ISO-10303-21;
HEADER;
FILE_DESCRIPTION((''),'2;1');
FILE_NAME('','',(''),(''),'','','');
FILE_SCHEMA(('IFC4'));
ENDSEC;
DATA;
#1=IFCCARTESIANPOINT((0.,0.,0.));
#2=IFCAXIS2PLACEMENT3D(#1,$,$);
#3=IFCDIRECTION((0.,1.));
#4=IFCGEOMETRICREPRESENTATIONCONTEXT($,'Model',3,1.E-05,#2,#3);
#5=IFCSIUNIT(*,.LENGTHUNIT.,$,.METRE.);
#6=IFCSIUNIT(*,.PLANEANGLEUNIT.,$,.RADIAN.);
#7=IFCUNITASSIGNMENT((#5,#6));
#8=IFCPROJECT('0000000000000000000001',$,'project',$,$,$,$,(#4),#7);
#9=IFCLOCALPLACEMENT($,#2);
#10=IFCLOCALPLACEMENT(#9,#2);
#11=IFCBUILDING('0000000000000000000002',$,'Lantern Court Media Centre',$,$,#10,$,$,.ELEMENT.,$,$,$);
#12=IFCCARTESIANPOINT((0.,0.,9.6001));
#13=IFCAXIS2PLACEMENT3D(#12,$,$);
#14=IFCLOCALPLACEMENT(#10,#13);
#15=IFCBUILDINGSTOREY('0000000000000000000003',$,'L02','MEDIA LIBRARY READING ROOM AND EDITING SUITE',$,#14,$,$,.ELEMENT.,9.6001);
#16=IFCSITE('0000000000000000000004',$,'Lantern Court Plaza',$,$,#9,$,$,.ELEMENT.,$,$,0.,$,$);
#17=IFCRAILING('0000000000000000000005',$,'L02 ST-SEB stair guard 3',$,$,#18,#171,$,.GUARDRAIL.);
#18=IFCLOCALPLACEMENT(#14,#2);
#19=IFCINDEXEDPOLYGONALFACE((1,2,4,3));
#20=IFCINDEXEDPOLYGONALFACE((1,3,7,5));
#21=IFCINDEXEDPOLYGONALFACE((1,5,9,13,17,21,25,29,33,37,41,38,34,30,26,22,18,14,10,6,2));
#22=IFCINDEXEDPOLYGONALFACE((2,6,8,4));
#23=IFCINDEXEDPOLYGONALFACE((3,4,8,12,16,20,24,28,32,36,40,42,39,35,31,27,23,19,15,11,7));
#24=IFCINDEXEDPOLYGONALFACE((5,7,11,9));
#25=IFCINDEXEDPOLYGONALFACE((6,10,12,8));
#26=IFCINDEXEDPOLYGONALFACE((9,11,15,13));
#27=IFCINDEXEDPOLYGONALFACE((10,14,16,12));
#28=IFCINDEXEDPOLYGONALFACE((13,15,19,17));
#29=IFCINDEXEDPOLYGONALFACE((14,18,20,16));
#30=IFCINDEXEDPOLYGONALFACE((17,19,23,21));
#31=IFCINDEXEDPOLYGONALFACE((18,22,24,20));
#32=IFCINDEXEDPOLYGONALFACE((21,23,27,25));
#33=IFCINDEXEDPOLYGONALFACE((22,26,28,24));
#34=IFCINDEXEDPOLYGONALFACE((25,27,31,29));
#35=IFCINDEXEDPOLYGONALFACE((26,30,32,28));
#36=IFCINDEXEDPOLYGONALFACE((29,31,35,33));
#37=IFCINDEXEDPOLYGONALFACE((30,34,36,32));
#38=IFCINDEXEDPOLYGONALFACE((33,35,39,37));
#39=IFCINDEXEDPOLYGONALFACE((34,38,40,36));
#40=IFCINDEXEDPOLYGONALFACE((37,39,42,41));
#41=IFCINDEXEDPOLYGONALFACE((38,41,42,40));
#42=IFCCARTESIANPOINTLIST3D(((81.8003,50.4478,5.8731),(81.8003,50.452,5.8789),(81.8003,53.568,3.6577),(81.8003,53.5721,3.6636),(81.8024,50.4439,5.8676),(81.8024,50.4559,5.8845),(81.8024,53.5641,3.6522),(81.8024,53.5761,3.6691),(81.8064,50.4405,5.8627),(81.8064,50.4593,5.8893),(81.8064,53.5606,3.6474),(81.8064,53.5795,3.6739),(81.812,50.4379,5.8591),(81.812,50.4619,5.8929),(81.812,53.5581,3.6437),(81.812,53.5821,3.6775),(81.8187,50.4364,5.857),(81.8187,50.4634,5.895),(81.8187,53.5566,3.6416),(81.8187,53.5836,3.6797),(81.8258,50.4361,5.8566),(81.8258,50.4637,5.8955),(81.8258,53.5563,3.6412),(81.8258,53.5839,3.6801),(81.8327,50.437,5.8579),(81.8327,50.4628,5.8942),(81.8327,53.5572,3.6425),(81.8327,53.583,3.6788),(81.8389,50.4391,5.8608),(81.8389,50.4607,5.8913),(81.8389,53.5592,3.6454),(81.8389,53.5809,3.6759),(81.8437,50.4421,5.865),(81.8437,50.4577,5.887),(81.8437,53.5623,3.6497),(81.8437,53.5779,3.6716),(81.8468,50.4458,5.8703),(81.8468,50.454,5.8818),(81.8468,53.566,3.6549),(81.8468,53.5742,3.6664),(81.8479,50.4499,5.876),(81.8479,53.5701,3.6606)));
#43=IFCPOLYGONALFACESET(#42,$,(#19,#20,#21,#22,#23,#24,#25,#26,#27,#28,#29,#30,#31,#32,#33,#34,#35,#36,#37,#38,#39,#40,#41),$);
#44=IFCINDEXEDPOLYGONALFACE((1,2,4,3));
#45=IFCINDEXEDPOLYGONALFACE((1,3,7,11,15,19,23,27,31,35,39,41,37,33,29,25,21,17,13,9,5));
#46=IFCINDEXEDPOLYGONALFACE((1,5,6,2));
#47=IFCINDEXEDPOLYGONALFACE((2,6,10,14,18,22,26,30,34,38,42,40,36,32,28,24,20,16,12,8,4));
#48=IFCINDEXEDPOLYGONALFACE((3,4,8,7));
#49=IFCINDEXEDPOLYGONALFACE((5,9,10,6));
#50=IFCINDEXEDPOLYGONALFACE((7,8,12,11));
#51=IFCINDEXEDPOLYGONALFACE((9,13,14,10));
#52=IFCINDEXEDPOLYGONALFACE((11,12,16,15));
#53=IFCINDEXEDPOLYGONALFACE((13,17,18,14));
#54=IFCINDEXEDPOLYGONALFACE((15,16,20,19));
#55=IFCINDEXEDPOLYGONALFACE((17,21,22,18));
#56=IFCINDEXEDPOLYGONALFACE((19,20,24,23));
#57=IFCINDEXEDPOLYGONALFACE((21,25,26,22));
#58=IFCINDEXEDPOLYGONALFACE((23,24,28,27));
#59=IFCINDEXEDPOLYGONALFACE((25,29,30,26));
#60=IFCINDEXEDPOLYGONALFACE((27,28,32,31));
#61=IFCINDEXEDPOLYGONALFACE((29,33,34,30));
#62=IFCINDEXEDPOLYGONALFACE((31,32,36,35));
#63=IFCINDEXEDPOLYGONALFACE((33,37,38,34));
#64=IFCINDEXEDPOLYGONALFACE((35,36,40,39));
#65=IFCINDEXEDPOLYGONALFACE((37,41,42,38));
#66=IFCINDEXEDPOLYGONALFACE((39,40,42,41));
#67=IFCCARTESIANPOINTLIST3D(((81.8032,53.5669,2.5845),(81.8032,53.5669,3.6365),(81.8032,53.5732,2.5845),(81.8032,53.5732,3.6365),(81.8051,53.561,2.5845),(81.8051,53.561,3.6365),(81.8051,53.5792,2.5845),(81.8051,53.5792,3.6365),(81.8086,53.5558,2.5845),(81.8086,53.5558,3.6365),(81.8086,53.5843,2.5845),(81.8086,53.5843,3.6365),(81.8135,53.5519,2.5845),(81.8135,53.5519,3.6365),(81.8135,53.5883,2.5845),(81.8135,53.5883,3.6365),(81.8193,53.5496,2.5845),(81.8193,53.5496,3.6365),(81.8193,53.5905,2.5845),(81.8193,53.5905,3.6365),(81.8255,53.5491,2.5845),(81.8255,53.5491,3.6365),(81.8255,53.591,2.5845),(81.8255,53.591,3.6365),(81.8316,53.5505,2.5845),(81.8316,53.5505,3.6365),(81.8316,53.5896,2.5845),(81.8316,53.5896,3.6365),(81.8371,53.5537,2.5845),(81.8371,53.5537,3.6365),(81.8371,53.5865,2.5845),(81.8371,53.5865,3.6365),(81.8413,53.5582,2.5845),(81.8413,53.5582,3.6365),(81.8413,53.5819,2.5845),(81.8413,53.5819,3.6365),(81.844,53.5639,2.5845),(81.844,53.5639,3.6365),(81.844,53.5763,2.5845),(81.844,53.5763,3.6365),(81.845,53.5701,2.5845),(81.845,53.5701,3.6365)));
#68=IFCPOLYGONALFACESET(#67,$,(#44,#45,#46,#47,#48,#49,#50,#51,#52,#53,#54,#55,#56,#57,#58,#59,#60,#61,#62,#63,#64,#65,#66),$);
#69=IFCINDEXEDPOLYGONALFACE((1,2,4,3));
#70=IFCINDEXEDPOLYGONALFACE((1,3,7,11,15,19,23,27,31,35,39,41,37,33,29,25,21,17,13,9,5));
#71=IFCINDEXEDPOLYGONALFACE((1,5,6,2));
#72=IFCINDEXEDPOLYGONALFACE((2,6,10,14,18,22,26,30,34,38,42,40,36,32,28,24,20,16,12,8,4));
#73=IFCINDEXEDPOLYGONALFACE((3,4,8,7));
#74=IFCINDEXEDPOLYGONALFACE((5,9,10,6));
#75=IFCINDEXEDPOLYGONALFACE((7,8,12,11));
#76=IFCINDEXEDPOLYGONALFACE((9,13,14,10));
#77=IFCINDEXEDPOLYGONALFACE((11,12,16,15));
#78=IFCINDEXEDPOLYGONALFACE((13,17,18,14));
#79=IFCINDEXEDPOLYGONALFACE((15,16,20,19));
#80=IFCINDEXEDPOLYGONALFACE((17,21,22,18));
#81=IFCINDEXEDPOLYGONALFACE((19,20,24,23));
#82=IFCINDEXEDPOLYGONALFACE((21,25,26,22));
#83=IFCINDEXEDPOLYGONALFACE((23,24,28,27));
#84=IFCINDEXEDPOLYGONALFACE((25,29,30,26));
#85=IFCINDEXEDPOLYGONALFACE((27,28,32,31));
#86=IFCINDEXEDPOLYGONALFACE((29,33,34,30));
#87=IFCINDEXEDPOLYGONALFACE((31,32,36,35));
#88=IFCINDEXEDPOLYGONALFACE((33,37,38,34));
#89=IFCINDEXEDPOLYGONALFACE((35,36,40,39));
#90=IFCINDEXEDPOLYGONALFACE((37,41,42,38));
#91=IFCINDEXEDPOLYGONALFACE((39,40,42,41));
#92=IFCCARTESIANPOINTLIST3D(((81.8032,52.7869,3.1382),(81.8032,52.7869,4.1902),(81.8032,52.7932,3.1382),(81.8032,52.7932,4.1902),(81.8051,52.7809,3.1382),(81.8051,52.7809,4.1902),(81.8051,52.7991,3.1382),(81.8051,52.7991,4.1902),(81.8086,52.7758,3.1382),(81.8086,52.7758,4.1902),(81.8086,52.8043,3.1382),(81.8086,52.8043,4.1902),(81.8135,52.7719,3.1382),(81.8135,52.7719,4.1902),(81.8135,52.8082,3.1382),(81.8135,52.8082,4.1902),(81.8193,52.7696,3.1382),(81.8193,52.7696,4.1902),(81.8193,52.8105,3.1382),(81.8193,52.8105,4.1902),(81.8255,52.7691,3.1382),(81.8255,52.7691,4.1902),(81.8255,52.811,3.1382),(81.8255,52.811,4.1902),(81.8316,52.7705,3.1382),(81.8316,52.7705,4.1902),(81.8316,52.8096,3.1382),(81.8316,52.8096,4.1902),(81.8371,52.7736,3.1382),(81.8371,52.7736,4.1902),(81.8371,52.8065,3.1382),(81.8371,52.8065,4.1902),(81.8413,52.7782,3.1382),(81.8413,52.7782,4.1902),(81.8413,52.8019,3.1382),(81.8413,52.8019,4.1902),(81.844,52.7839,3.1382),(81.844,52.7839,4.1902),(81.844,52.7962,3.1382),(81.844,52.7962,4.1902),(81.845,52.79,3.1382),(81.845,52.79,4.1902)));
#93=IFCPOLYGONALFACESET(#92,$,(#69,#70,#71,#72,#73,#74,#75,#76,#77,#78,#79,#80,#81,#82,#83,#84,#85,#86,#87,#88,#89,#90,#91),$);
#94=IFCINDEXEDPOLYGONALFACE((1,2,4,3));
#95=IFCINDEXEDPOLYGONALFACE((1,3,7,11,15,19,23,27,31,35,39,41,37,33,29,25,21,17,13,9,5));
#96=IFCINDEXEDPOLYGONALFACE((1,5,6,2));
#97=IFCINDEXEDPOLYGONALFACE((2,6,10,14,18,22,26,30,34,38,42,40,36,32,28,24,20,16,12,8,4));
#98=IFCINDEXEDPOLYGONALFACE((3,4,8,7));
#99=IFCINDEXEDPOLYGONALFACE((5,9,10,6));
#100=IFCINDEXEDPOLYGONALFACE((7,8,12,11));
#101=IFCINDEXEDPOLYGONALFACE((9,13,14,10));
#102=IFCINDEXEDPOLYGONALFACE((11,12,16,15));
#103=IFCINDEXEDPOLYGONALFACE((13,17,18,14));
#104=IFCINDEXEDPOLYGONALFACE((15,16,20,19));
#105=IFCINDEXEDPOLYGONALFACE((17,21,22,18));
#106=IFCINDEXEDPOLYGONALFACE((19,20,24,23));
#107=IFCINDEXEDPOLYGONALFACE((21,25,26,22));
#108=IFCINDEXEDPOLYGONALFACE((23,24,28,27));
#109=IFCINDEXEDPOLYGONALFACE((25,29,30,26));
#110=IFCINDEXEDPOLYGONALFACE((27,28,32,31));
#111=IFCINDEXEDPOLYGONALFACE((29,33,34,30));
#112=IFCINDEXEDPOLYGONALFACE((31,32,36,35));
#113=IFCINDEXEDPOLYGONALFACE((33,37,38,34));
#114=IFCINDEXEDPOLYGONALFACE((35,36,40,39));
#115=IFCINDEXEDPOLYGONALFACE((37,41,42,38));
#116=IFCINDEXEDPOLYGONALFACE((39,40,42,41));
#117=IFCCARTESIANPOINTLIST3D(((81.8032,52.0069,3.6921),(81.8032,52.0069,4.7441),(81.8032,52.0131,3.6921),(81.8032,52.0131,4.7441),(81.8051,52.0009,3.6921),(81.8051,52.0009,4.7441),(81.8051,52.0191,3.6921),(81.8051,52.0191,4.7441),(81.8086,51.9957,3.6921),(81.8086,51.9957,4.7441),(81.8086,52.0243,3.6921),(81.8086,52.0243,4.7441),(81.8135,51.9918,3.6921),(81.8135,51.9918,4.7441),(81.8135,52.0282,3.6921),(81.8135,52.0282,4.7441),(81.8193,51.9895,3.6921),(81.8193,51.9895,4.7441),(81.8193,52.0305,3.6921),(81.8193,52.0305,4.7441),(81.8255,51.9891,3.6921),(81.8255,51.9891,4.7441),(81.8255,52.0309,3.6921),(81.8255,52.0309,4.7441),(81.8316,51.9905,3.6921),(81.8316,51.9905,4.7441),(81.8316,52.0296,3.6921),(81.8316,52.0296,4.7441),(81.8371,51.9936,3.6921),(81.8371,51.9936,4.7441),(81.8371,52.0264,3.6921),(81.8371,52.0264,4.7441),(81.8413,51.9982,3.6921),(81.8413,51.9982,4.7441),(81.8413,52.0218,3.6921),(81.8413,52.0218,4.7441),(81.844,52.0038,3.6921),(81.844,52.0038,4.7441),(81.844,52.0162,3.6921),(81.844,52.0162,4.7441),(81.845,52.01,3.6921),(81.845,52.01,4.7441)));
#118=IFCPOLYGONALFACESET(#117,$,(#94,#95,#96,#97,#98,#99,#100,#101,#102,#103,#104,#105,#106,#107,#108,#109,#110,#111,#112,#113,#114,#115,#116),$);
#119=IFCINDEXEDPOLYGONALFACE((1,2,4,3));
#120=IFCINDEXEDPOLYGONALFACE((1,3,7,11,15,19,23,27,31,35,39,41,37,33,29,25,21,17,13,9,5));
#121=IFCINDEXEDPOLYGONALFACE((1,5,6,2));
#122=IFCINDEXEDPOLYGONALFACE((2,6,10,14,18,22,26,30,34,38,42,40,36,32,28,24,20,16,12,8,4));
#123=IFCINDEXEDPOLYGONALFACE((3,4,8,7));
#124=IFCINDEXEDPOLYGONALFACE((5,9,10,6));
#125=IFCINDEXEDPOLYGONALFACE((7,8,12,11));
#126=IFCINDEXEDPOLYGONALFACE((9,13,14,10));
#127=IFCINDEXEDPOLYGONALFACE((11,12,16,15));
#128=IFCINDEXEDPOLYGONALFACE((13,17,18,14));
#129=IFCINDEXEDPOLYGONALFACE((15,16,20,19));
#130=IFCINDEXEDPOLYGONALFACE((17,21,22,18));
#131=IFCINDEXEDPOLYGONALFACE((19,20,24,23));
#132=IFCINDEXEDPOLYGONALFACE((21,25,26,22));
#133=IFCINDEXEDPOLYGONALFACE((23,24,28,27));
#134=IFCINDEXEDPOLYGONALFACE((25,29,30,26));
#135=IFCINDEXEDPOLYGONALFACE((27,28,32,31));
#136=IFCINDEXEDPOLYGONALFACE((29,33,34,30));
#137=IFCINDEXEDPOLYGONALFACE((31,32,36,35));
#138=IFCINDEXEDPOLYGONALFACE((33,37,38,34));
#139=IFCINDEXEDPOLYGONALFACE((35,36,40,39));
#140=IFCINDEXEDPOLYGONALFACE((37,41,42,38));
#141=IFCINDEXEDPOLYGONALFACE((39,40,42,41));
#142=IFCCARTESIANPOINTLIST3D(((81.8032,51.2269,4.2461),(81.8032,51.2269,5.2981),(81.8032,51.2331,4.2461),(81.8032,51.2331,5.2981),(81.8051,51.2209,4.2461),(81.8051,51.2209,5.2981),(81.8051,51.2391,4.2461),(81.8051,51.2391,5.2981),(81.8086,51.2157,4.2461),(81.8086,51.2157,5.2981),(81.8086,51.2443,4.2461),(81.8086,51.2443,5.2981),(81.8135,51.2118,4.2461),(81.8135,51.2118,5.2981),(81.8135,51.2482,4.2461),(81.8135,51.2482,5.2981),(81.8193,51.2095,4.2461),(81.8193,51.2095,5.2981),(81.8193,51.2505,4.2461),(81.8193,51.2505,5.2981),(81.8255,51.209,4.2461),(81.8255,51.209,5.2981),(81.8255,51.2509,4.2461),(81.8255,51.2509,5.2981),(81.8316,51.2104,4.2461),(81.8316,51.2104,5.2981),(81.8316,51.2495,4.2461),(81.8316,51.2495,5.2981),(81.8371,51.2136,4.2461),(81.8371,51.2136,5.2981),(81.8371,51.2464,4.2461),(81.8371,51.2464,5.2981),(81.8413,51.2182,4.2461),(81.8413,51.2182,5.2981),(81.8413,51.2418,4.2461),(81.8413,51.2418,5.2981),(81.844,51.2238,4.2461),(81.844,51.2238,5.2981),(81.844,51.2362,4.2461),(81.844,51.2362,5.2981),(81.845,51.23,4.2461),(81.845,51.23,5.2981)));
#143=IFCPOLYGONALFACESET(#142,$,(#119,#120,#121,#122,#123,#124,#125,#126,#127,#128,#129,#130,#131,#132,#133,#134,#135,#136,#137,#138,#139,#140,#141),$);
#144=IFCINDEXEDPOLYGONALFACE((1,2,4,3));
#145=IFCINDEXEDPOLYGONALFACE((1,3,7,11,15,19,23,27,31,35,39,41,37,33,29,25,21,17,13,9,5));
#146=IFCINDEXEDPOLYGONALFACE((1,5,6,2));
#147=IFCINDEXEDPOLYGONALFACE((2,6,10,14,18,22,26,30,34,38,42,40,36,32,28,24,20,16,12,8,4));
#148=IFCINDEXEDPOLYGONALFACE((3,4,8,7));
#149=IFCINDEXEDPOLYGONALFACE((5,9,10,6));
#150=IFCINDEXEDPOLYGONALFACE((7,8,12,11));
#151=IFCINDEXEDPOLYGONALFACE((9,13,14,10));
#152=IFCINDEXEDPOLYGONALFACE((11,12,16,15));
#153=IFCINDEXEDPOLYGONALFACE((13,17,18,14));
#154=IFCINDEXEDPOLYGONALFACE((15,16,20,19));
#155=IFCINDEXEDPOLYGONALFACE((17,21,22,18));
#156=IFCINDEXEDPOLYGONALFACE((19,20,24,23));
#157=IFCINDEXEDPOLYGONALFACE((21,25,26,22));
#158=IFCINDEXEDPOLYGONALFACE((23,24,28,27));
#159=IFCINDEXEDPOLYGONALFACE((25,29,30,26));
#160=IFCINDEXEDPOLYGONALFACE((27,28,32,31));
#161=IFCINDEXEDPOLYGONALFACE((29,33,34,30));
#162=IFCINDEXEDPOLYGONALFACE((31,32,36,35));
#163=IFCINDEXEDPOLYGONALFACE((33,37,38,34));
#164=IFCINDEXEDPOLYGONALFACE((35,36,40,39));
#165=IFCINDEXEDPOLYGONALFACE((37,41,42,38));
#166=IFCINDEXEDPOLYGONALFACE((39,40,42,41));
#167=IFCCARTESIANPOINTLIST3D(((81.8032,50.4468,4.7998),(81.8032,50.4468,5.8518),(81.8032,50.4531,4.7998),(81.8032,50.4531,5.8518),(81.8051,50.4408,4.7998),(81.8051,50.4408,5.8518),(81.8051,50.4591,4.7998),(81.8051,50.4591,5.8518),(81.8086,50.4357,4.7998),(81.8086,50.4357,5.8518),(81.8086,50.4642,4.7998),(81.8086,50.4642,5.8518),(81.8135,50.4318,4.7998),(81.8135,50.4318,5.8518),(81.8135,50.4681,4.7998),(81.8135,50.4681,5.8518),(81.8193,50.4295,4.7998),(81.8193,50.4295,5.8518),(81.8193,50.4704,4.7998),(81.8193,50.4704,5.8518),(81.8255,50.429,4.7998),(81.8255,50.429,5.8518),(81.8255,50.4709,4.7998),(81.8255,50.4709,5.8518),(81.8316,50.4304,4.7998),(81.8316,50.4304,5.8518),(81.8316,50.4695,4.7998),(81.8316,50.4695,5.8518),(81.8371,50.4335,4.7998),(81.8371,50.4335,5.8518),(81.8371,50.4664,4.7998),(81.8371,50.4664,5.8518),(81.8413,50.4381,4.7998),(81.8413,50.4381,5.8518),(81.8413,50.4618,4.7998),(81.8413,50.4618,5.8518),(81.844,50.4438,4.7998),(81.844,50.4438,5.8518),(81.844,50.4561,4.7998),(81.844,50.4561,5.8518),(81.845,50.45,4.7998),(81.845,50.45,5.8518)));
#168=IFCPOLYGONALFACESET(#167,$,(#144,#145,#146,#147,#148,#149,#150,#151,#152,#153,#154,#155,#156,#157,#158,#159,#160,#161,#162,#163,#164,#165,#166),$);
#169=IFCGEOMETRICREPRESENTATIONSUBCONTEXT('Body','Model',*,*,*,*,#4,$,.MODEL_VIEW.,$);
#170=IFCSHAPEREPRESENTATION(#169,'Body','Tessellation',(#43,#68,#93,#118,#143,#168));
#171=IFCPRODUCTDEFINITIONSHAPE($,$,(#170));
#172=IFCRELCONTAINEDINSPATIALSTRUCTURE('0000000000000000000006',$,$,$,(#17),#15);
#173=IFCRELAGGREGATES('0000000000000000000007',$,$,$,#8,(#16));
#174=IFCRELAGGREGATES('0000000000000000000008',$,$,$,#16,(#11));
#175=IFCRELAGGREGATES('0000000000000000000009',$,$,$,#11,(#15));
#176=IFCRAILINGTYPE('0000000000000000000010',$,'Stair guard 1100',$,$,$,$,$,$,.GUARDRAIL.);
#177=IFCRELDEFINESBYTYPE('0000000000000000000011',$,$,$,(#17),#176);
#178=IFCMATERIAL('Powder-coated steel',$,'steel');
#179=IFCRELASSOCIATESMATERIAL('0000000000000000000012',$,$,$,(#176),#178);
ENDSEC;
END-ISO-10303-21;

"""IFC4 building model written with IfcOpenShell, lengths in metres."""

from ifc_helpers import new_model, si_unit, direction, frame, origin, origin_2d, place, context, subcontext, project, spatial, circle, extrude, material, type_object, element, save


model = new_model("IFC4")

# Units and contexts
model_context = context("Model", 3, precision=1e-05, world=origin(), true_north=direction((0.0, 1.0)))
body_context = subcontext(model_context, "Body", "Model", "MODEL_VIEW")
ifc_project = project(units=[si_unit("LENGTHUNIT", "METRE"), si_unit("PLANEANGLEUNIT", "RADIAN")], contexts=[model_context])

# Site, building, storey
site_placement = place(None, origin())
site = spatial("IfcSite", under=ifc_project, at=site_placement, Name="Lantern Court Plaza", CompositionType="ELEMENT", RefElevation=0.0)
building_placement = place(site_placement, origin())
building = spatial("IfcBuilding", under=site, at=building_placement, Name="Lantern Court Media Centre", CompositionType="ELEMENT")
storey_placement = place(building_placement, frame((0.0, 0.0, 9.6001)))
storey = spatial("IfcBuildingStorey", under=building, at=storey_placement, Name="L02", Description="MEDIA LIBRARY READING ROOM AND EDITING SUITE", CompositionType="ELEMENT", Elevation=9.6001)

# Shared definitions
ifc_material_1 = material(Name="Powder-coated steel", Category="steel")

# Railing
railing_type_1 = type_object("IfcRailingType", Name="Stair guard 1100", PredefinedType="GUARDRAIL", material=ifc_material_1)
railing_1_placement = place(storey_placement, frame((81.824, 53.5701, 2.5845)))
element("IfcRailing", 1, at=railing_1_placement, inside=storey, type_object=railing_type_1, Name="L02 ST-SEB stair guard 3", PredefinedType="GUARDRAIL", context=body_context, shape_type="SweptSolid", body=[
    extrude(circle(Radius=0.0239, at=origin_2d()), frame((0.0, 0.0, 1.0762), z_axis=(0.0, -0.815377, 0.57893), x_axis=(1.0, 0.0, 0.0)), (0.0, 0.0, 1.0), 3.8267),
    extrude(circle(Radius=0.021, at=origin_2d()), origin(), (0.0, 0.0, 1.0), 1.052),
    extrude(circle(Radius=0.021, at=origin_2d()), frame((0.0, -0.78, 0.5537)), (0.0, 0.0, 1.0), 1.052),
    extrude(circle(Radius=0.021, at=origin_2d()), frame((0.0, -1.5601, 1.1077)), (0.0, 0.0, 1.0), 1.052),
    extrude(circle(Radius=0.021, at=origin_2d()), frame((0.0, -2.3401, 1.6616)), (0.0, 0.0, 1.0), 1.052),
    extrude(circle(Radius=0.021, at=origin_2d()), frame((0.0, -3.1201, 2.2153)), (0.0, 0.0, 1.0), 1.052),
])

save(model, "model.ifc")
